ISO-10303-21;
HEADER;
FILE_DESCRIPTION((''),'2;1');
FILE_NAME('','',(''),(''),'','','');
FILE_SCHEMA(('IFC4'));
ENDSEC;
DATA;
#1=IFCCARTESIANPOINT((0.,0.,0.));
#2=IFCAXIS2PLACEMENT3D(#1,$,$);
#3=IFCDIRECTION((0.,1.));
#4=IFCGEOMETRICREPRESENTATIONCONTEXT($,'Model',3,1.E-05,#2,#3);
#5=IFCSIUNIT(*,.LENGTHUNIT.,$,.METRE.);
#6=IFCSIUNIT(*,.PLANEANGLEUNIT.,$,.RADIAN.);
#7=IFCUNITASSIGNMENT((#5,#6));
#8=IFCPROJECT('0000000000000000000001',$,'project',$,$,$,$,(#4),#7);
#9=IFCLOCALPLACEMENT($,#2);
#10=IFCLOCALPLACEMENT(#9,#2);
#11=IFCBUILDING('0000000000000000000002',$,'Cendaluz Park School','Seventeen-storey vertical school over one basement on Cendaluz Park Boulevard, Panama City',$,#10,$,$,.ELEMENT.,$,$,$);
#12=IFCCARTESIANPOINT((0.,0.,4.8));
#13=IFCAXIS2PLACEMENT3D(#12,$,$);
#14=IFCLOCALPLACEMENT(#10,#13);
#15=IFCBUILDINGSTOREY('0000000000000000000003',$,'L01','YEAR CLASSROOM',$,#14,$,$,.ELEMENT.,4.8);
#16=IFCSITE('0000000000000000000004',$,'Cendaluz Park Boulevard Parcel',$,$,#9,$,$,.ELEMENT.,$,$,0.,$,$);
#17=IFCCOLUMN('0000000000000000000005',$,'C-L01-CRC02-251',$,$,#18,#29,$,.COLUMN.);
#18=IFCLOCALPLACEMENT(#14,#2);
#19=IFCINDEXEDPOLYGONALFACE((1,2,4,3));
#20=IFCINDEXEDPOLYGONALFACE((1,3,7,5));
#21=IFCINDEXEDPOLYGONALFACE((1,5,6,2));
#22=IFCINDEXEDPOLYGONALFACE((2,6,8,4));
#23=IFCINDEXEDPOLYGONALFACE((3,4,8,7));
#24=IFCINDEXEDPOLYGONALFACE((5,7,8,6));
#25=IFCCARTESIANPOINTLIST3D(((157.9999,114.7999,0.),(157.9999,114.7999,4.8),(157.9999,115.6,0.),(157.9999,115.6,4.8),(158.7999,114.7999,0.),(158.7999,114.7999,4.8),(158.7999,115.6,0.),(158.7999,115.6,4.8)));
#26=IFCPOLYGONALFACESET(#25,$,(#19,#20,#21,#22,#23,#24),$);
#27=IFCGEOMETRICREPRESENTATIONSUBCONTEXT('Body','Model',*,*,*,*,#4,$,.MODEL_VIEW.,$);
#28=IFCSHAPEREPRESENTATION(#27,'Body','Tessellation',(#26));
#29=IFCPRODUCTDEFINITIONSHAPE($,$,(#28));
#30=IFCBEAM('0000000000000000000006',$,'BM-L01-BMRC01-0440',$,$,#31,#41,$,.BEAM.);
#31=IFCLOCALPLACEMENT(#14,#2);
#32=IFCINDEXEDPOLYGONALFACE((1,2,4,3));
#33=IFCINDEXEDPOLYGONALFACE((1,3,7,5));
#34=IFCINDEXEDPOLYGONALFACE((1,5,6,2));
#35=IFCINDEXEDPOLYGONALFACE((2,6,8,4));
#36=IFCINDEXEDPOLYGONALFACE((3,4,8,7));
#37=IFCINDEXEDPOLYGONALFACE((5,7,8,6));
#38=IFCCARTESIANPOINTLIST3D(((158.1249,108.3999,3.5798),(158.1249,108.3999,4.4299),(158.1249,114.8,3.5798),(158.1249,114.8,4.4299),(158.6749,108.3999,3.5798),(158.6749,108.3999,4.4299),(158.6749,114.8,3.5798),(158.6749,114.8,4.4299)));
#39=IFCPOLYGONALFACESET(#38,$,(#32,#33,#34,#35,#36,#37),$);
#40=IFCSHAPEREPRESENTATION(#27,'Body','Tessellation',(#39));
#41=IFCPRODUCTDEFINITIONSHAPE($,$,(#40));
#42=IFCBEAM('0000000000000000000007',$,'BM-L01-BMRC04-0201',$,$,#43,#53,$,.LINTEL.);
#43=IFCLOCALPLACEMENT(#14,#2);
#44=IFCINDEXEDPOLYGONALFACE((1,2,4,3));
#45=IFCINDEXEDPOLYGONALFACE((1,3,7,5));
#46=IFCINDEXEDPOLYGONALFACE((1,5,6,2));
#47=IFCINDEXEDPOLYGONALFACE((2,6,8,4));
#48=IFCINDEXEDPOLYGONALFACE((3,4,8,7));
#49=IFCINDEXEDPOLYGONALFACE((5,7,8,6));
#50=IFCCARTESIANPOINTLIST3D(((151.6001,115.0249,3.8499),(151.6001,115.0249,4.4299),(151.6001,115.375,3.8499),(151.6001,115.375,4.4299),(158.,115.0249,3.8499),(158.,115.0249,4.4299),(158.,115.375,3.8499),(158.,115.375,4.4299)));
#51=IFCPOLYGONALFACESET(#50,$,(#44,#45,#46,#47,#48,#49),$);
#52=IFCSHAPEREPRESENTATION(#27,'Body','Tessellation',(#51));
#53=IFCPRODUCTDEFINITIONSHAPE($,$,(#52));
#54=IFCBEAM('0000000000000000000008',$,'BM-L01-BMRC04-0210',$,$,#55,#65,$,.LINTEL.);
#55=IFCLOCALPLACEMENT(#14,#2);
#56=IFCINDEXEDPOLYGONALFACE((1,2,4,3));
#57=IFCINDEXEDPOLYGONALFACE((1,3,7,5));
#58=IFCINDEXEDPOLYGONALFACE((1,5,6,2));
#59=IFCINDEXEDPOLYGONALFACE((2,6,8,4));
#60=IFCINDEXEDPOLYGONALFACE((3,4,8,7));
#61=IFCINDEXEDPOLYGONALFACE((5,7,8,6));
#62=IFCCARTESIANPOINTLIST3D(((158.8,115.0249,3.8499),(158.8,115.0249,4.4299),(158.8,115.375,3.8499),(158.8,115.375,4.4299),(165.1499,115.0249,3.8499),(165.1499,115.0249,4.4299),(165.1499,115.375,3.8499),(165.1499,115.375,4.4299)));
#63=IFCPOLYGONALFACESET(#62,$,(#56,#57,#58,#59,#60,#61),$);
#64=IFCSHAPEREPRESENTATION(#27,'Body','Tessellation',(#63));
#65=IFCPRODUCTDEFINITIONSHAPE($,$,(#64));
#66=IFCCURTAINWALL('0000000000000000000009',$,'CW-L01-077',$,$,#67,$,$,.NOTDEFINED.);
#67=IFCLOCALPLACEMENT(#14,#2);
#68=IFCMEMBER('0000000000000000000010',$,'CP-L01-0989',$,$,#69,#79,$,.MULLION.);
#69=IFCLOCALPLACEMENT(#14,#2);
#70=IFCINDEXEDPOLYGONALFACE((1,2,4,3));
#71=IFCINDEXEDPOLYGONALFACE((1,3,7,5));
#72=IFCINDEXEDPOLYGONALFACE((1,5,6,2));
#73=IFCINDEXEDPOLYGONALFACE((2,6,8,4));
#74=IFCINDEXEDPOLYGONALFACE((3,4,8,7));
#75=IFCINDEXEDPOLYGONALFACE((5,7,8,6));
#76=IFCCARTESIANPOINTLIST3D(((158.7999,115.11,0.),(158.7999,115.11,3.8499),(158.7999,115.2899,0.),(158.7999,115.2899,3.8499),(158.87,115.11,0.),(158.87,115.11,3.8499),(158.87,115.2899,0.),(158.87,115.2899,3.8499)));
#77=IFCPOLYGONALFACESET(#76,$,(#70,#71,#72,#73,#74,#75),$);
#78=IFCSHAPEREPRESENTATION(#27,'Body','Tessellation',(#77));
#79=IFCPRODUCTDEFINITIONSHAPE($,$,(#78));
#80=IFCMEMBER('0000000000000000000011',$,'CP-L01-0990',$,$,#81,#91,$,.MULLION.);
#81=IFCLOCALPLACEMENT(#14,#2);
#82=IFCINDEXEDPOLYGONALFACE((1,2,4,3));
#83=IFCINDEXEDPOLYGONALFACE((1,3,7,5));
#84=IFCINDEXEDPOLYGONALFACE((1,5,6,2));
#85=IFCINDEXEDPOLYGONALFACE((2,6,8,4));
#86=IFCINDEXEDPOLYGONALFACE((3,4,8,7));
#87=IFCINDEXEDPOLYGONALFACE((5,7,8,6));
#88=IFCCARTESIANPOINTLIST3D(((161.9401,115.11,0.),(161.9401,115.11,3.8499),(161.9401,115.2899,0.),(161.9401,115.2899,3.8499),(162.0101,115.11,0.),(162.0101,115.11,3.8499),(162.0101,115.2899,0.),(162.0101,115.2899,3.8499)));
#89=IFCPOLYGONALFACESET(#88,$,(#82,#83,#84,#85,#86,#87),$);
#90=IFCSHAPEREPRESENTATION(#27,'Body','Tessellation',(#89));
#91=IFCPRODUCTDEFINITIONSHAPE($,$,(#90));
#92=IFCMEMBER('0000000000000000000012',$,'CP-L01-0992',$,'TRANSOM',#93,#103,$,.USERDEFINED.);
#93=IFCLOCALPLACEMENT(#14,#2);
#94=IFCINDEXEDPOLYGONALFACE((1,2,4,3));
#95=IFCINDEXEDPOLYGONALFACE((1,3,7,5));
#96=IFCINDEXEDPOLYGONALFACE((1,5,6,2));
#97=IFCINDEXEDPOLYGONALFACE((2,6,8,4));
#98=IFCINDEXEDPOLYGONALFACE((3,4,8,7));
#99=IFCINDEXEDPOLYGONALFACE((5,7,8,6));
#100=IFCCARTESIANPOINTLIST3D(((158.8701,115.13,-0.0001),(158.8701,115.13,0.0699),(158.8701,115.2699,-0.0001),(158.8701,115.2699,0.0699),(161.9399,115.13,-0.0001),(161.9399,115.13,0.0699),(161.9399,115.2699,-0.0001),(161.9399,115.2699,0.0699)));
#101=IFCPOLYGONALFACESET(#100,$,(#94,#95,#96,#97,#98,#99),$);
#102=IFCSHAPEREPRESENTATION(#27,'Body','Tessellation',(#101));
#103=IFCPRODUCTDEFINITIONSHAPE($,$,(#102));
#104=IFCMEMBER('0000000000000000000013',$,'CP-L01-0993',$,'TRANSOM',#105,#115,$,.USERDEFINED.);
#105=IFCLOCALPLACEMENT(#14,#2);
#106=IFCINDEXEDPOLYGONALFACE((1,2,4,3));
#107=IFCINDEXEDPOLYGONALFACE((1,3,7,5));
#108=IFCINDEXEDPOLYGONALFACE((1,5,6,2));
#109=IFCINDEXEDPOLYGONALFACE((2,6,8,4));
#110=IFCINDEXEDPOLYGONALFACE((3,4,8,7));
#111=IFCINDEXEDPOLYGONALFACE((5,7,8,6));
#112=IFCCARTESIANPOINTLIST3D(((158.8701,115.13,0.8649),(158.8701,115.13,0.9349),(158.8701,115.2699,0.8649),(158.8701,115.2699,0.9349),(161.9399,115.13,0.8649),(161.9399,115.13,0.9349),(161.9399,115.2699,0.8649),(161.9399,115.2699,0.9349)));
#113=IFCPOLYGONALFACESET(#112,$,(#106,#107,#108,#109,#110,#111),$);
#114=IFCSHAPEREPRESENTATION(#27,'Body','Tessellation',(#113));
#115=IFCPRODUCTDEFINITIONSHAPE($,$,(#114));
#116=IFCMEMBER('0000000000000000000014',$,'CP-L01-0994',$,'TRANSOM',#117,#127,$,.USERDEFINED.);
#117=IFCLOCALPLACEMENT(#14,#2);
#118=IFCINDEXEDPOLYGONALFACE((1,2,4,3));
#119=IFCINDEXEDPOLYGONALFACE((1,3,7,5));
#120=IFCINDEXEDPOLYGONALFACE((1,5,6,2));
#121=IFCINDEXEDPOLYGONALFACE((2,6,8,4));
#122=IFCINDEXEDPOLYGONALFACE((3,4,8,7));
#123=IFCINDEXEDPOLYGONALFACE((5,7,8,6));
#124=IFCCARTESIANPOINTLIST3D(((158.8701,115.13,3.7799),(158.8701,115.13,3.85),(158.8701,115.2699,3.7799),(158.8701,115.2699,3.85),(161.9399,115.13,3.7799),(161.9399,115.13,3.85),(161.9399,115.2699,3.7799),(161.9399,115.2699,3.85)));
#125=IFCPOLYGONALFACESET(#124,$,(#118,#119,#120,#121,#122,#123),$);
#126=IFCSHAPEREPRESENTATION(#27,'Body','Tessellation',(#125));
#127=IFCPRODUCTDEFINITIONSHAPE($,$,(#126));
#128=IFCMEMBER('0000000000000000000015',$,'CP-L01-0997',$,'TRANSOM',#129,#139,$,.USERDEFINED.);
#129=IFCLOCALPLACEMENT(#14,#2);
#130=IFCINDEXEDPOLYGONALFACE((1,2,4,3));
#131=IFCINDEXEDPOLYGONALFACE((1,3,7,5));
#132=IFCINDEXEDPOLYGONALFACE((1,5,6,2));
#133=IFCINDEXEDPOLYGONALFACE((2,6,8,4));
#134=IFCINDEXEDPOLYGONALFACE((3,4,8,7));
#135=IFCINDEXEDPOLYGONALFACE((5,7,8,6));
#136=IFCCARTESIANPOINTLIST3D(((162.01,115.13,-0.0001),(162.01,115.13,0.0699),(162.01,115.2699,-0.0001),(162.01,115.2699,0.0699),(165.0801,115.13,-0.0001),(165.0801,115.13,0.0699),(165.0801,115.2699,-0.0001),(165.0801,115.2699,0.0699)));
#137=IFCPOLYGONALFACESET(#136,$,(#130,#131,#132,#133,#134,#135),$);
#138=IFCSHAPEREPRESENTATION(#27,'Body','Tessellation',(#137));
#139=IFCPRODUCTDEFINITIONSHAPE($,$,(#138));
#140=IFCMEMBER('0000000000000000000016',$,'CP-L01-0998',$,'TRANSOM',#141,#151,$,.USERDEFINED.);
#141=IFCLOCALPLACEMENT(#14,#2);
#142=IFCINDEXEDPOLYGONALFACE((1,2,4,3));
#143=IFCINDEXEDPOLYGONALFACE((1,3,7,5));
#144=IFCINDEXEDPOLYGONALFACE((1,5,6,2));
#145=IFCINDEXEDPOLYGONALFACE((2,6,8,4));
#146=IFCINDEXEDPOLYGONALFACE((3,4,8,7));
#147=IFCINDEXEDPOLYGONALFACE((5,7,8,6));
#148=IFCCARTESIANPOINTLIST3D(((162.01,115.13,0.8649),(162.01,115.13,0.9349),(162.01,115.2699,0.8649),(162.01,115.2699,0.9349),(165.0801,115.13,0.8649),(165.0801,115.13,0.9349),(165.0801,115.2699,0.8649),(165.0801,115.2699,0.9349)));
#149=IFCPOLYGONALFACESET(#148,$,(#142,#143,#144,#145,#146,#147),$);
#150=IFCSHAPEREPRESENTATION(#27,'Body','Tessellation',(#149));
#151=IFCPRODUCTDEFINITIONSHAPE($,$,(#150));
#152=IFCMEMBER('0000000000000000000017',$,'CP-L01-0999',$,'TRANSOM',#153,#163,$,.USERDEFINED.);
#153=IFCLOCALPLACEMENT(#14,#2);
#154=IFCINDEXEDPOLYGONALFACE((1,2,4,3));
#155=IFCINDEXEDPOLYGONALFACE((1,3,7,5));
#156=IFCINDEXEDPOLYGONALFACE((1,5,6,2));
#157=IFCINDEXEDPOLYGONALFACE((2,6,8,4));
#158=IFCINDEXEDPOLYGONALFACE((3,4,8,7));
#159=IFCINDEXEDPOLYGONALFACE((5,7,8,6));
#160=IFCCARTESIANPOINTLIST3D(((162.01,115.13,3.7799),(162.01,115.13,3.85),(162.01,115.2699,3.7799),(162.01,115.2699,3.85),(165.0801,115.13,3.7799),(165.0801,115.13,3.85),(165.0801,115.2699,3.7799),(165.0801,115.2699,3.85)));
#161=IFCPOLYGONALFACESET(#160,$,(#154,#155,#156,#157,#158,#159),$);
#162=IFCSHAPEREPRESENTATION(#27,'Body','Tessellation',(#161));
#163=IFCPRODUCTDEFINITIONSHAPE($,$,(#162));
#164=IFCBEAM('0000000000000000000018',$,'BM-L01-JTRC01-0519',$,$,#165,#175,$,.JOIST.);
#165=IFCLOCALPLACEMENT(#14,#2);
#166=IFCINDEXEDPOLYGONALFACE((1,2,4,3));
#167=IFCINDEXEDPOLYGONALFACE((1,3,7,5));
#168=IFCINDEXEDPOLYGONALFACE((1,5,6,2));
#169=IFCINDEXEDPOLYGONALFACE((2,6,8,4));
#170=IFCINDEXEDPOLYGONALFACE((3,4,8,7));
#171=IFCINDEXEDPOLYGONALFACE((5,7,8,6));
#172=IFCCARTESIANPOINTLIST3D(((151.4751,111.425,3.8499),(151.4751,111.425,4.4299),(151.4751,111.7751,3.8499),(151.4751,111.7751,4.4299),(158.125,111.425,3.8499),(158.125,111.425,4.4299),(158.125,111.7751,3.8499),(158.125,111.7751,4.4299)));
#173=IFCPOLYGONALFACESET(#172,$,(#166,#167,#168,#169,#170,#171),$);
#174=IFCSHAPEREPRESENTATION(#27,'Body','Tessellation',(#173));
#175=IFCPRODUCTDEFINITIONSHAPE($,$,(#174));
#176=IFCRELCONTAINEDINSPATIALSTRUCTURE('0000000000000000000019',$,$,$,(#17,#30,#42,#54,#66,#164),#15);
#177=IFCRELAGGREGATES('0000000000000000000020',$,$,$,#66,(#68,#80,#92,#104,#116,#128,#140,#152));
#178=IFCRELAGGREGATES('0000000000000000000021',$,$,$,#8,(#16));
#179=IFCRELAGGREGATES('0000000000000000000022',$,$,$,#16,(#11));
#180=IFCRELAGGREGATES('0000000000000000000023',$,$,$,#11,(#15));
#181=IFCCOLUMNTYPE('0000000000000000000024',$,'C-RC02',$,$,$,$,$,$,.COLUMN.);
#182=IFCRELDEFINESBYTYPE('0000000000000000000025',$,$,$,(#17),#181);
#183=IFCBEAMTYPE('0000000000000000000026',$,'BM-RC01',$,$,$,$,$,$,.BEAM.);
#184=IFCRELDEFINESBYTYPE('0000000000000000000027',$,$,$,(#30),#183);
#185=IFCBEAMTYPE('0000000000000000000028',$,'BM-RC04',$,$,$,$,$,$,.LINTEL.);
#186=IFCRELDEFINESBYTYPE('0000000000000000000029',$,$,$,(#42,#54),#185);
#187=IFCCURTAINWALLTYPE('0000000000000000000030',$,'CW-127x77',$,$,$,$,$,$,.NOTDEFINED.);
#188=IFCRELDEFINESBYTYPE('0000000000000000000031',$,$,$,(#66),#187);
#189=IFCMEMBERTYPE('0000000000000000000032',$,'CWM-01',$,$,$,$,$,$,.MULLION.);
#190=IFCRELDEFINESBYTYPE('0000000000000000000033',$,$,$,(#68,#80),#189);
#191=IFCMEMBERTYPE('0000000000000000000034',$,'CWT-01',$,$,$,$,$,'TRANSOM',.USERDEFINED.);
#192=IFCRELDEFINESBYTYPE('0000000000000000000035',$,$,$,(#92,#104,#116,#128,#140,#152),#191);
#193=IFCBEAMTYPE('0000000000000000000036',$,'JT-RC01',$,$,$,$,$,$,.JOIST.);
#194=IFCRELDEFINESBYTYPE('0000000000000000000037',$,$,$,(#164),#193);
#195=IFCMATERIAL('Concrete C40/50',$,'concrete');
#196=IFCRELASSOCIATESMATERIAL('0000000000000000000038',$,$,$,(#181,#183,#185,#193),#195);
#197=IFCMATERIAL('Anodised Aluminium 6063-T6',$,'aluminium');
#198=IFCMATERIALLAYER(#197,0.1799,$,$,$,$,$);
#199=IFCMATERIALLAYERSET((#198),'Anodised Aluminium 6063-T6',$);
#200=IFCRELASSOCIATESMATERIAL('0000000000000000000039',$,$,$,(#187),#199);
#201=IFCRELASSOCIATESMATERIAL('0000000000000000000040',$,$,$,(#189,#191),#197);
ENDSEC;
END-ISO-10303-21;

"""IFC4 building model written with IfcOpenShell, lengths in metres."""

from ifc_helpers import new_model, si_unit, direction, frame, origin, origin_2d, place, context, subcontext, project, spatial, rectangle, extrude, material, layer, layer_set, material_profile, profile_set, type_object, element, aggregate, save


model = new_model("IFC4")

# Units and contexts
model_context = context("Model", 3, precision=1e-05, world=origin(), true_north=direction((0.0, 1.0)))
body_context = subcontext(model_context, "Body", "Model", "MODEL_VIEW")
ifc_project = project(units=[si_unit("LENGTHUNIT", "METRE"), si_unit("PLANEANGLEUNIT", "RADIAN")], contexts=[model_context])

# Site, building, storey
site_placement = place(None, origin())
site = spatial("IfcSite", under=ifc_project, at=site_placement, Name="Cendaluz Park Boulevard Parcel", CompositionType="ELEMENT", RefElevation=0.0)
building_placement = place(site_placement, origin())
building = spatial("IfcBuilding", under=site, at=building_placement, Name="Cendaluz Park School", Description="Seventeen-storey vertical school over one basement on Cendaluz Park Boulevard, Panama City", CompositionType="ELEMENT")
storey_placement = place(building_placement, frame((0.0, 0.0, 4.8)))
storey = spatial("IfcBuildingStorey", under=building, at=storey_placement, Name="L01", Description="YEAR CLASSROOM", CompositionType="ELEMENT", Elevation=4.8)

# Column
ifc_material_1 = material(Name="Concrete C40/50", Category="concrete")
ifc_material_profile_1 = material_profile(ifc_material_1, rectangle(XDim=0.8, YDim=0.8, at=origin_2d()), Name="RC 800x800", Category="concrete")
ifc_profile_set_1 = profile_set([ifc_material_profile_1], Name="Concrete C40/50")
column_type = type_object("IfcColumnType", Name="C-RC02", PredefinedType="COLUMN", material=ifc_profile_set_1)
column_placement = place(storey_placement, frame((158.3999, 115.2, 0.0), z_axis=(0.0, 0.0, 1.0), x_axis=(1.0, 0.0, 0.0)))
element("IfcColumn", 1, at=column_placement, inside=storey, type_object=column_type, Name="C-L01-CRC02-251", PredefinedType="COLUMN", context=body_context, shape_type="SweptSolid", body=[
    extrude(rectangle(XDim=0.8, YDim=0.8, at=origin_2d()), origin(), (0.0, 0.0, 1.0), 4.8),
])

# Beams
ifc_material_profile_2 = material_profile(ifc_material_1, rectangle(XDim=0.55, YDim=0.8501, at=origin_2d()), Name="RC 550x850", Category="concrete")
ifc_profile_set_2 = profile_set([ifc_material_profile_2], Name="Concrete C40/50")
beam_type_1 = type_object("IfcBeamType", Name="BM-RC01", PredefinedType="BEAM", material=ifc_profile_set_2)
beam_1_placement = place(storey_placement, frame((158.3999, 108.3999, 4.0049), z_axis=(0.0, 1.0, 0.0), x_axis=(-1.0, 0.0, 0.0)))
element("IfcBeam", 2, at=beam_1_placement, inside=storey, type_object=beam_type_1, Name="BM-L01-BMRC01-0440", PredefinedType="BEAM", context=body_context, shape_type="SweptSolid", body=[
    extrude(rectangle(XDim=0.55, YDim=0.8501, at=origin_2d()), origin(), (0.0, 0.0, 1.0), 6.4001),
])
ifc_material_profile_3 = material_profile(ifc_material_1, rectangle(XDim=0.3501, YDim=0.5801, at=origin_2d()), Name="RC 350x580", Category="concrete")
ifc_profile_set_3 = profile_set([ifc_material_profile_3], Name="Concrete C40/50")
beam_type_2 = type_object("IfcBeamType", Name="BM-RC04", PredefinedType="LINTEL", material=ifc_profile_set_3)
beam_2_placement = place(storey_placement, frame((151.6001, 115.2, 4.1399), z_axis=(1.0, 0.0, 0.0), x_axis=(0.0, 1.0, 0.0)))
element("IfcBeam", 3, at=beam_2_placement, inside=storey, type_object=beam_type_2, Name="BM-L01-BMRC04-0201", PredefinedType="LINTEL", context=body_context, shape_type="SweptSolid", body=[
    extrude(rectangle(XDim=0.3501, YDim=0.5801, at=origin_2d()), origin(), (0.0, 0.0, 1.0), 6.3999),
])
beam_3_placement = place(storey_placement, frame((158.8, 115.2, 4.1399), z_axis=(1.0, 0.0, 0.0), x_axis=(0.0, 1.0, 0.0)))
element("IfcBeam", 4, at=beam_3_placement, inside=storey, type_object=beam_type_2, Name="BM-L01-BMRC04-0210", PredefinedType="LINTEL", context=body_context, shape_type="SweptSolid", body=[
    extrude(rectangle(XDim=0.3501, YDim=0.5801, at=origin_2d()), origin(), (0.0, 0.0, 1.0), 6.3499),
])

# Curtain wall, members
ifc_material_2 = material(Name="Anodised Aluminium 6063-T6", Category="aluminium")
ifc_layer_1 = layer(ifc_material_2, 0.1799)
ifc_layer_set_1 = layer_set([ifc_layer_1], Name="Anodised Aluminium 6063-T6")
curtain_wall_type = type_object("IfcCurtainWallType", Name="CW-127x77", PredefinedType="NOTDEFINED", material=ifc_layer_set_1)
curtain_wall_placement = place(storey_placement, origin())
curtain_wall = element("IfcCurtainWall", 5, at=curtain_wall_placement, inside=storey, type_object=curtain_wall_type, Name="CW-L01-077", PredefinedType="NOTDEFINED")
ifc_material_profile_4 = material_profile(ifc_material_2, rectangle(XDim=0.1799, YDim=0.0701, at=origin_2d()), Name="CWM 180x70", Category="aluminium")
ifc_profile_set_4 = profile_set([ifc_material_profile_4], Name="Anodised Aluminium 6063-T6")
member_type_1 = type_object("IfcMemberType", Name="CWM-01", PredefinedType="MULLION", material=ifc_profile_set_4)
member_1_placement = place(storey_placement, frame((158.835, 115.2, 0.0), z_axis=(0.0, 0.0, 1.0), x_axis=(0.0, 1.0, 0.0)))
member_1 = element("IfcMember", 6, at=member_1_placement, type_object=member_type_1, Name="CP-L01-0989", PredefinedType="MULLION", context=body_context, shape_type="SweptSolid", body=[
    extrude(rectangle(XDim=0.1799, YDim=0.0701, at=origin_2d()), origin(), (0.0, 0.0, 1.0), 3.8499),
])
member_2_placement = place(storey_placement, frame((161.9751, 115.2, 0.0), z_axis=(0.0, 0.0, 1.0), x_axis=(0.0, 1.0, 0.0)))
member_2 = element("IfcMember", 7, at=member_2_placement, type_object=member_type_1, Name="CP-L01-0990", PredefinedType="MULLION", context=body_context, shape_type="SweptSolid", body=[
    extrude(rectangle(XDim=0.1799, YDim=0.0701, at=origin_2d()), origin(), (0.0, 0.0, 1.0), 3.8499),
])
ifc_material_profile_5 = material_profile(ifc_material_2, rectangle(XDim=0.1399, YDim=0.0701, at=origin_2d()), Name="CWT 140x70", Category="aluminium")
ifc_profile_set_5 = profile_set([ifc_material_profile_5], Name="Anodised Aluminium 6063-T6")
member_type_2 = type_object("IfcMemberType", Name="CWT-01", ElementType="TRANSOM", PredefinedType="USERDEFINED", material=ifc_profile_set_5)
member_3_placement = place(storey_placement, frame((158.8701, 115.2, 0.0349), z_axis=(1.0, 0.0, 0.0), x_axis=(0.0, 1.0, 0.0)))
member_3 = element("IfcMember", 8, at=member_3_placement, type_object=member_type_2, Name="CP-L01-0992", ObjectType="TRANSOM", PredefinedType="USERDEFINED", context=body_context, shape_type="SweptSolid", body=[
    extrude(rectangle(XDim=0.1399, YDim=0.0701, at=origin_2d()), origin(), (0.0, 0.0, 1.0), 3.0698),
])
member_4_placement = place(storey_placement, frame((158.8701, 115.2, 0.8999), z_axis=(1.0, 0.0, 0.0), x_axis=(0.0, 1.0, 0.0)))
member_4 = element("IfcMember", 9, at=member_4_placement, type_object=member_type_2, Name="CP-L01-0993", ObjectType="TRANSOM", PredefinedType="USERDEFINED", context=body_context, shape_type="SweptSolid", body=[
    extrude(rectangle(XDim=0.1399, YDim=0.0701, at=origin_2d()), origin(), (0.0, 0.0, 1.0), 3.0698),
])
member_5_placement = place(storey_placement, frame((158.8701, 115.2, 3.8149), z_axis=(1.0, 0.0, 0.0), x_axis=(0.0, 1.0, 0.0)))
member_5 = element("IfcMember", 10, at=member_5_placement, type_object=member_type_2, Name="CP-L01-0994", ObjectType="TRANSOM", PredefinedType="USERDEFINED", context=body_context, shape_type="SweptSolid", body=[
    extrude(rectangle(XDim=0.1399, YDim=0.0701, at=origin_2d()), origin(), (0.0, 0.0, 1.0), 3.0698),
])
member_6_placement = place(storey_placement, frame((162.01, 115.2, 0.0349), z_axis=(1.0, 0.0, 0.0), x_axis=(0.0, 1.0, 0.0)))
member_6 = element("IfcMember", 11, at=member_6_placement, type_object=member_type_2, Name="CP-L01-0997", ObjectType="TRANSOM", PredefinedType="USERDEFINED", context=body_context, shape_type="SweptSolid", body=[
    extrude(rectangle(XDim=0.1399, YDim=0.0701, at=origin_2d()), origin(), (0.0, 0.0, 1.0), 3.0701),
])
member_7_placement = place(storey_placement, frame((162.01, 115.2, 0.8999), z_axis=(1.0, 0.0, 0.0), x_axis=(0.0, 1.0, 0.0)))
member_7 = element("IfcMember", 12, at=member_7_placement, type_object=member_type_2, Name="CP-L01-0998", ObjectType="TRANSOM", PredefinedType="USERDEFINED", context=body_context, shape_type="SweptSolid", body=[
    extrude(rectangle(XDim=0.1399, YDim=0.0701, at=origin_2d()), origin(), (0.0, 0.0, 1.0), 3.0701),
])
member_8_placement = place(storey_placement, frame((162.01, 115.2, 3.8149), z_axis=(1.0, 0.0, 0.0), x_axis=(0.0, 1.0, 0.0)))
member_8 = element("IfcMember", 13, at=member_8_placement, type_object=member_type_2, Name="CP-L01-0999", ObjectType="TRANSOM", PredefinedType="USERDEFINED", context=body_context, shape_type="SweptSolid", body=[
    extrude(rectangle(XDim=0.1399, YDim=0.0701, at=origin_2d()), origin(), (0.0, 0.0, 1.0), 3.0701),
])

# Beam
ifc_material_profile_6 = material_profile(ifc_material_1, rectangle(XDim=0.3501, YDim=0.5801, at=origin_2d()), Name="RC 350x580", Category="concrete")
ifc_profile_set_6 = profile_set([ifc_material_profile_6], Name="Concrete C40/50")
beam_type_3 = type_object("IfcBeamType", Name="JT-RC01", PredefinedType="JOIST", material=ifc_profile_set_6)
beam_4_placement = place(storey_placement, frame((151.4751, 111.6001, 4.1399), z_axis=(1.0, 0.0, 0.0), x_axis=(0.0, 1.0, 0.0)))
element("IfcBeam", 14, at=beam_4_placement, inside=storey, type_object=beam_type_3, Name="BM-L01-JTRC01-0519", PredefinedType="JOIST", context=body_context, shape_type="SweptSolid", body=[
    extrude(rectangle(XDim=0.3501, YDim=0.5801, at=origin_2d()), origin(), (0.0, 0.0, 1.0), 6.6499),
])

aggregate(curtain_wall, [member_1, member_2, member_3, member_4, member_5, member_6, member_7, member_8])

save(model, "model.ifc")
